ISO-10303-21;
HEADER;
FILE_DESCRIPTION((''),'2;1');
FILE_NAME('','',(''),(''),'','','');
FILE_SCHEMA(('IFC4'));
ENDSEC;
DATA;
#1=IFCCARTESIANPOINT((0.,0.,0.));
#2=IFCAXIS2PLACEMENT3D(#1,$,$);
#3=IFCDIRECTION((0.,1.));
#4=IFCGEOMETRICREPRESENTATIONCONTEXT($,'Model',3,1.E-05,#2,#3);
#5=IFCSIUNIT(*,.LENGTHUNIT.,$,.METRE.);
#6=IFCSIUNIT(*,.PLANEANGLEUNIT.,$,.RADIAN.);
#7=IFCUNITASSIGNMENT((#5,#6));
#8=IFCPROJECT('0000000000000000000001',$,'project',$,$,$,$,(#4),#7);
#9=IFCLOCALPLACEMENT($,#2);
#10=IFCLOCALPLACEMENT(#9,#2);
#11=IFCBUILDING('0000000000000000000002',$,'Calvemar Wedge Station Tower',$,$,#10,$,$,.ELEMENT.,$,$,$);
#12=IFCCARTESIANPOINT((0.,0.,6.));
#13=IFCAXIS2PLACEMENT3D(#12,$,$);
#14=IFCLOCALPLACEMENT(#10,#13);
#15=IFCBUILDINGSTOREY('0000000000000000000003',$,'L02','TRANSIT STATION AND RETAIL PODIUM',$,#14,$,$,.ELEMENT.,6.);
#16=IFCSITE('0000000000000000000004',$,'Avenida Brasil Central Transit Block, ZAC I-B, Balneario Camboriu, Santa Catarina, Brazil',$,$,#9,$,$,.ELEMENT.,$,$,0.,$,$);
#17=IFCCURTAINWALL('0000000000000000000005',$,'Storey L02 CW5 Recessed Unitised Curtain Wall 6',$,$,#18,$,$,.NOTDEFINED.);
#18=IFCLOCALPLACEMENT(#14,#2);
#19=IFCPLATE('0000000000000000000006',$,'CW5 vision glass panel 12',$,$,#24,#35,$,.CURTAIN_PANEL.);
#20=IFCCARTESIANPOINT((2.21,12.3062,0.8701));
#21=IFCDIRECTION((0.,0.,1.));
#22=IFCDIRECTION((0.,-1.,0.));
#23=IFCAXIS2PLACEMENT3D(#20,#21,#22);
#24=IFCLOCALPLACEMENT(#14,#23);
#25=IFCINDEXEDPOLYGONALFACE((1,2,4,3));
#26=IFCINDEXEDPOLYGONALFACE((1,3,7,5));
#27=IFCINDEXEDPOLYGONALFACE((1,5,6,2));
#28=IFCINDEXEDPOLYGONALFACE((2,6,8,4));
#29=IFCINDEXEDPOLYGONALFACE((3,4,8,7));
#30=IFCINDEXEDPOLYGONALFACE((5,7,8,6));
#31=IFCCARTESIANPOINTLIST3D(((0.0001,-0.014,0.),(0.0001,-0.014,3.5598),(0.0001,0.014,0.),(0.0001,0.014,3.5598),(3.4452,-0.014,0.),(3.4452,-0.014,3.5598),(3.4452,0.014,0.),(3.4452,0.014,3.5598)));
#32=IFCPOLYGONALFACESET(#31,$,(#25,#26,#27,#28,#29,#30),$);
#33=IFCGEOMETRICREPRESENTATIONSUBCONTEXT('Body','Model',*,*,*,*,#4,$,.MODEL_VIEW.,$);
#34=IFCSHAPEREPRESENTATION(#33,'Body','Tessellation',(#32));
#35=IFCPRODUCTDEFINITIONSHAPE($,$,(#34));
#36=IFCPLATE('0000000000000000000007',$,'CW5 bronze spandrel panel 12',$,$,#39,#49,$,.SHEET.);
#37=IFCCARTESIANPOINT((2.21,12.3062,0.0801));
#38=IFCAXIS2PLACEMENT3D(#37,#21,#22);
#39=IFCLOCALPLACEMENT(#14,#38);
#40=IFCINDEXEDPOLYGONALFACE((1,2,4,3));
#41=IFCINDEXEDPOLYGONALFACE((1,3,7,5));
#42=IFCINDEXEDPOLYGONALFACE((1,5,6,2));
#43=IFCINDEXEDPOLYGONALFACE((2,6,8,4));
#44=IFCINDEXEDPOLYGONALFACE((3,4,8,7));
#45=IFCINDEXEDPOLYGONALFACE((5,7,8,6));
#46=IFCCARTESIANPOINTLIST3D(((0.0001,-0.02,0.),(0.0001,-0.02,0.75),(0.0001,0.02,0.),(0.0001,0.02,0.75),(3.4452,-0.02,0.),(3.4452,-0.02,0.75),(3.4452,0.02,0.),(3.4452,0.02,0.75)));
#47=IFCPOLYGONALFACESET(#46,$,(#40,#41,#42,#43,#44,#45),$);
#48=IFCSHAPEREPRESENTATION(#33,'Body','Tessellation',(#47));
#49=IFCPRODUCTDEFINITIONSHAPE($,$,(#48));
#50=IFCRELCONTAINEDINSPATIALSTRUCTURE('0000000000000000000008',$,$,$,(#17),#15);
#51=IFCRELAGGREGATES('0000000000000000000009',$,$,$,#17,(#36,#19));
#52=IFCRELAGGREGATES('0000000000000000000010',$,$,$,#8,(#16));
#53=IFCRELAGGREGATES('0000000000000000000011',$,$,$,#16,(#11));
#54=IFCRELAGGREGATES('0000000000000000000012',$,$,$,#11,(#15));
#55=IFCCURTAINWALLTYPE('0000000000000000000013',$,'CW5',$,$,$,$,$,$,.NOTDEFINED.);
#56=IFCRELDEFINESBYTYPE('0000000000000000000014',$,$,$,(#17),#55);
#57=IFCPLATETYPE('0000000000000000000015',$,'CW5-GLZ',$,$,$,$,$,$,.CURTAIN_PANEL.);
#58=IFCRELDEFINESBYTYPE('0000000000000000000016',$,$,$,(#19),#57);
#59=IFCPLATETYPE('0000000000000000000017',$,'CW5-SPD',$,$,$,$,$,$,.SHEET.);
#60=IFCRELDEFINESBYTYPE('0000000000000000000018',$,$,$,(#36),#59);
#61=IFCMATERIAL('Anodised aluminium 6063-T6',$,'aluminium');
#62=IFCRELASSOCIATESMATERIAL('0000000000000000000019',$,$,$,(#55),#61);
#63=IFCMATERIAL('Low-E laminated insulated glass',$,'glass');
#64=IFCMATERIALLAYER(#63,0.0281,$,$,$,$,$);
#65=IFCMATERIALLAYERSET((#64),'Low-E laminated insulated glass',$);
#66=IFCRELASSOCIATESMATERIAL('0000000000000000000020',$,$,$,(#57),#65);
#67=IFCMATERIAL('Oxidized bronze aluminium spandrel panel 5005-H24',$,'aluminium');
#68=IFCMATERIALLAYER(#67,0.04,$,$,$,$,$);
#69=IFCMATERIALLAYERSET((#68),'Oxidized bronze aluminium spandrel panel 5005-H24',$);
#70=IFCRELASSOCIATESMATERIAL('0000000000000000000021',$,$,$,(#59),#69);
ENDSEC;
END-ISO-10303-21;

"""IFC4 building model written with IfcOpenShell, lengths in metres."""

from ifc_helpers import new_model, si_unit, direction, frame, frame_2d, origin, place, context, subcontext, project, spatial, rectangle, extrude, material, layer, layer_set, type_object, element, aggregate, save


model = new_model("IFC4")

# Units and contexts
model_context = context("Model", 3, precision=1e-05, world=origin(), true_north=direction((0.0, 1.0)))
body_context = subcontext(model_context, "Body", "Model", "MODEL_VIEW")
ifc_project = project(units=[si_unit("LENGTHUNIT", "METRE"), si_unit("PLANEANGLEUNIT", "RADIAN")], contexts=[model_context])

# Site, building, storey
site_placement = place(None, origin())
site = spatial("IfcSite", under=ifc_project, at=site_placement, Name="Avenida Brasil Central Transit Block, ZAC I-B, Balneario Camboriu, Santa Catarina, Brazil", CompositionType="ELEMENT", RefElevation=0.0)
building_placement = place(site_placement, origin())
building = spatial("IfcBuilding", under=site, at=building_placement, Name="Calvemar Wedge Station Tower", CompositionType="ELEMENT")
storey_placement = place(building_placement, frame((0.0, 0.0, 6.0)))
storey = spatial("IfcBuildingStorey", under=building, at=storey_placement, Name="L02", Description="TRANSIT STATION AND RETAIL PODIUM", CompositionType="ELEMENT", Elevation=6.0)

# Curtain wall, plates
ifc_material_1 = material(Name="Anodised aluminium 6063-T6", Category="aluminium")
curtain_wall_type = type_object("IfcCurtainWallType", Name="CW5", PredefinedType="NOTDEFINED", material=ifc_material_1)
curtain_wall_placement = place(storey_placement, origin())
curtain_wall = element("IfcCurtainWall", 1, at=curtain_wall_placement, inside=storey, type_object=curtain_wall_type, Name="Storey L02 CW5 Recessed Unitised Curtain Wall 6", PredefinedType="NOTDEFINED")
ifc_material_2 = material(Name="Low-E laminated insulated glass", Category="glass")
ifc_layer_1 = layer(ifc_material_2, 0.0281)
ifc_layer_set_1 = layer_set([ifc_layer_1], Name="Low-E laminated insulated glass")
plate_type_1 = type_object("IfcPlateType", Name="CW5-GLZ", PredefinedType="CURTAIN_PANEL", material=ifc_layer_set_1)
plate_1_placement = place(storey_placement, frame((2.21, 12.3062, 0.8701), z_axis=(0.0, 0.0, 1.0), x_axis=(0.0, -1.0, 0.0)))
plate_1 = element("IfcPlate", 2, at=plate_1_placement, type_object=plate_type_1, Name="CW5 vision glass panel 12", PredefinedType="CURTAIN_PANEL", context=body_context, shape_type="SweptSolid", body=[
    extrude(rectangle(XDim=3.4451, YDim=0.0281, at=frame_2d((1.7227, 0.0))), origin(), (0.0, 0.0, 1.0), 3.5598),
])
ifc_material_3 = material(Name="Oxidized bronze aluminium spandrel panel 5005-H24", Category="aluminium")
ifc_layer_2 = layer(ifc_material_3, 0.04)
ifc_layer_set_2 = layer_set([ifc_layer_2], Name="Oxidized bronze aluminium spandrel panel 5005-H24")
plate_type_2 = type_object("IfcPlateType", Name="CW5-SPD", PredefinedType="SHEET", material=ifc_layer_set_2)
plate_2_placement = place(storey_placement, frame((2.21, 12.3062, 0.0801), z_axis=(0.0, 0.0, 1.0), x_axis=(0.0, -1.0, 0.0)))
plate_2 = element("IfcPlate", 3, at=plate_2_placement, type_object=plate_type_2, Name="CW5 bronze spandrel panel 12", PredefinedType="SHEET", context=body_context, shape_type="SweptSolid", body=[
    extrude(rectangle(XDim=3.4451, YDim=0.04, at=frame_2d((1.7227, 0.0))), origin(), (0.0, 0.0, 1.0), 0.75),
])
aggregate(curtain_wall, [plate_2, plate_1])

save(model, "model.ifc")
